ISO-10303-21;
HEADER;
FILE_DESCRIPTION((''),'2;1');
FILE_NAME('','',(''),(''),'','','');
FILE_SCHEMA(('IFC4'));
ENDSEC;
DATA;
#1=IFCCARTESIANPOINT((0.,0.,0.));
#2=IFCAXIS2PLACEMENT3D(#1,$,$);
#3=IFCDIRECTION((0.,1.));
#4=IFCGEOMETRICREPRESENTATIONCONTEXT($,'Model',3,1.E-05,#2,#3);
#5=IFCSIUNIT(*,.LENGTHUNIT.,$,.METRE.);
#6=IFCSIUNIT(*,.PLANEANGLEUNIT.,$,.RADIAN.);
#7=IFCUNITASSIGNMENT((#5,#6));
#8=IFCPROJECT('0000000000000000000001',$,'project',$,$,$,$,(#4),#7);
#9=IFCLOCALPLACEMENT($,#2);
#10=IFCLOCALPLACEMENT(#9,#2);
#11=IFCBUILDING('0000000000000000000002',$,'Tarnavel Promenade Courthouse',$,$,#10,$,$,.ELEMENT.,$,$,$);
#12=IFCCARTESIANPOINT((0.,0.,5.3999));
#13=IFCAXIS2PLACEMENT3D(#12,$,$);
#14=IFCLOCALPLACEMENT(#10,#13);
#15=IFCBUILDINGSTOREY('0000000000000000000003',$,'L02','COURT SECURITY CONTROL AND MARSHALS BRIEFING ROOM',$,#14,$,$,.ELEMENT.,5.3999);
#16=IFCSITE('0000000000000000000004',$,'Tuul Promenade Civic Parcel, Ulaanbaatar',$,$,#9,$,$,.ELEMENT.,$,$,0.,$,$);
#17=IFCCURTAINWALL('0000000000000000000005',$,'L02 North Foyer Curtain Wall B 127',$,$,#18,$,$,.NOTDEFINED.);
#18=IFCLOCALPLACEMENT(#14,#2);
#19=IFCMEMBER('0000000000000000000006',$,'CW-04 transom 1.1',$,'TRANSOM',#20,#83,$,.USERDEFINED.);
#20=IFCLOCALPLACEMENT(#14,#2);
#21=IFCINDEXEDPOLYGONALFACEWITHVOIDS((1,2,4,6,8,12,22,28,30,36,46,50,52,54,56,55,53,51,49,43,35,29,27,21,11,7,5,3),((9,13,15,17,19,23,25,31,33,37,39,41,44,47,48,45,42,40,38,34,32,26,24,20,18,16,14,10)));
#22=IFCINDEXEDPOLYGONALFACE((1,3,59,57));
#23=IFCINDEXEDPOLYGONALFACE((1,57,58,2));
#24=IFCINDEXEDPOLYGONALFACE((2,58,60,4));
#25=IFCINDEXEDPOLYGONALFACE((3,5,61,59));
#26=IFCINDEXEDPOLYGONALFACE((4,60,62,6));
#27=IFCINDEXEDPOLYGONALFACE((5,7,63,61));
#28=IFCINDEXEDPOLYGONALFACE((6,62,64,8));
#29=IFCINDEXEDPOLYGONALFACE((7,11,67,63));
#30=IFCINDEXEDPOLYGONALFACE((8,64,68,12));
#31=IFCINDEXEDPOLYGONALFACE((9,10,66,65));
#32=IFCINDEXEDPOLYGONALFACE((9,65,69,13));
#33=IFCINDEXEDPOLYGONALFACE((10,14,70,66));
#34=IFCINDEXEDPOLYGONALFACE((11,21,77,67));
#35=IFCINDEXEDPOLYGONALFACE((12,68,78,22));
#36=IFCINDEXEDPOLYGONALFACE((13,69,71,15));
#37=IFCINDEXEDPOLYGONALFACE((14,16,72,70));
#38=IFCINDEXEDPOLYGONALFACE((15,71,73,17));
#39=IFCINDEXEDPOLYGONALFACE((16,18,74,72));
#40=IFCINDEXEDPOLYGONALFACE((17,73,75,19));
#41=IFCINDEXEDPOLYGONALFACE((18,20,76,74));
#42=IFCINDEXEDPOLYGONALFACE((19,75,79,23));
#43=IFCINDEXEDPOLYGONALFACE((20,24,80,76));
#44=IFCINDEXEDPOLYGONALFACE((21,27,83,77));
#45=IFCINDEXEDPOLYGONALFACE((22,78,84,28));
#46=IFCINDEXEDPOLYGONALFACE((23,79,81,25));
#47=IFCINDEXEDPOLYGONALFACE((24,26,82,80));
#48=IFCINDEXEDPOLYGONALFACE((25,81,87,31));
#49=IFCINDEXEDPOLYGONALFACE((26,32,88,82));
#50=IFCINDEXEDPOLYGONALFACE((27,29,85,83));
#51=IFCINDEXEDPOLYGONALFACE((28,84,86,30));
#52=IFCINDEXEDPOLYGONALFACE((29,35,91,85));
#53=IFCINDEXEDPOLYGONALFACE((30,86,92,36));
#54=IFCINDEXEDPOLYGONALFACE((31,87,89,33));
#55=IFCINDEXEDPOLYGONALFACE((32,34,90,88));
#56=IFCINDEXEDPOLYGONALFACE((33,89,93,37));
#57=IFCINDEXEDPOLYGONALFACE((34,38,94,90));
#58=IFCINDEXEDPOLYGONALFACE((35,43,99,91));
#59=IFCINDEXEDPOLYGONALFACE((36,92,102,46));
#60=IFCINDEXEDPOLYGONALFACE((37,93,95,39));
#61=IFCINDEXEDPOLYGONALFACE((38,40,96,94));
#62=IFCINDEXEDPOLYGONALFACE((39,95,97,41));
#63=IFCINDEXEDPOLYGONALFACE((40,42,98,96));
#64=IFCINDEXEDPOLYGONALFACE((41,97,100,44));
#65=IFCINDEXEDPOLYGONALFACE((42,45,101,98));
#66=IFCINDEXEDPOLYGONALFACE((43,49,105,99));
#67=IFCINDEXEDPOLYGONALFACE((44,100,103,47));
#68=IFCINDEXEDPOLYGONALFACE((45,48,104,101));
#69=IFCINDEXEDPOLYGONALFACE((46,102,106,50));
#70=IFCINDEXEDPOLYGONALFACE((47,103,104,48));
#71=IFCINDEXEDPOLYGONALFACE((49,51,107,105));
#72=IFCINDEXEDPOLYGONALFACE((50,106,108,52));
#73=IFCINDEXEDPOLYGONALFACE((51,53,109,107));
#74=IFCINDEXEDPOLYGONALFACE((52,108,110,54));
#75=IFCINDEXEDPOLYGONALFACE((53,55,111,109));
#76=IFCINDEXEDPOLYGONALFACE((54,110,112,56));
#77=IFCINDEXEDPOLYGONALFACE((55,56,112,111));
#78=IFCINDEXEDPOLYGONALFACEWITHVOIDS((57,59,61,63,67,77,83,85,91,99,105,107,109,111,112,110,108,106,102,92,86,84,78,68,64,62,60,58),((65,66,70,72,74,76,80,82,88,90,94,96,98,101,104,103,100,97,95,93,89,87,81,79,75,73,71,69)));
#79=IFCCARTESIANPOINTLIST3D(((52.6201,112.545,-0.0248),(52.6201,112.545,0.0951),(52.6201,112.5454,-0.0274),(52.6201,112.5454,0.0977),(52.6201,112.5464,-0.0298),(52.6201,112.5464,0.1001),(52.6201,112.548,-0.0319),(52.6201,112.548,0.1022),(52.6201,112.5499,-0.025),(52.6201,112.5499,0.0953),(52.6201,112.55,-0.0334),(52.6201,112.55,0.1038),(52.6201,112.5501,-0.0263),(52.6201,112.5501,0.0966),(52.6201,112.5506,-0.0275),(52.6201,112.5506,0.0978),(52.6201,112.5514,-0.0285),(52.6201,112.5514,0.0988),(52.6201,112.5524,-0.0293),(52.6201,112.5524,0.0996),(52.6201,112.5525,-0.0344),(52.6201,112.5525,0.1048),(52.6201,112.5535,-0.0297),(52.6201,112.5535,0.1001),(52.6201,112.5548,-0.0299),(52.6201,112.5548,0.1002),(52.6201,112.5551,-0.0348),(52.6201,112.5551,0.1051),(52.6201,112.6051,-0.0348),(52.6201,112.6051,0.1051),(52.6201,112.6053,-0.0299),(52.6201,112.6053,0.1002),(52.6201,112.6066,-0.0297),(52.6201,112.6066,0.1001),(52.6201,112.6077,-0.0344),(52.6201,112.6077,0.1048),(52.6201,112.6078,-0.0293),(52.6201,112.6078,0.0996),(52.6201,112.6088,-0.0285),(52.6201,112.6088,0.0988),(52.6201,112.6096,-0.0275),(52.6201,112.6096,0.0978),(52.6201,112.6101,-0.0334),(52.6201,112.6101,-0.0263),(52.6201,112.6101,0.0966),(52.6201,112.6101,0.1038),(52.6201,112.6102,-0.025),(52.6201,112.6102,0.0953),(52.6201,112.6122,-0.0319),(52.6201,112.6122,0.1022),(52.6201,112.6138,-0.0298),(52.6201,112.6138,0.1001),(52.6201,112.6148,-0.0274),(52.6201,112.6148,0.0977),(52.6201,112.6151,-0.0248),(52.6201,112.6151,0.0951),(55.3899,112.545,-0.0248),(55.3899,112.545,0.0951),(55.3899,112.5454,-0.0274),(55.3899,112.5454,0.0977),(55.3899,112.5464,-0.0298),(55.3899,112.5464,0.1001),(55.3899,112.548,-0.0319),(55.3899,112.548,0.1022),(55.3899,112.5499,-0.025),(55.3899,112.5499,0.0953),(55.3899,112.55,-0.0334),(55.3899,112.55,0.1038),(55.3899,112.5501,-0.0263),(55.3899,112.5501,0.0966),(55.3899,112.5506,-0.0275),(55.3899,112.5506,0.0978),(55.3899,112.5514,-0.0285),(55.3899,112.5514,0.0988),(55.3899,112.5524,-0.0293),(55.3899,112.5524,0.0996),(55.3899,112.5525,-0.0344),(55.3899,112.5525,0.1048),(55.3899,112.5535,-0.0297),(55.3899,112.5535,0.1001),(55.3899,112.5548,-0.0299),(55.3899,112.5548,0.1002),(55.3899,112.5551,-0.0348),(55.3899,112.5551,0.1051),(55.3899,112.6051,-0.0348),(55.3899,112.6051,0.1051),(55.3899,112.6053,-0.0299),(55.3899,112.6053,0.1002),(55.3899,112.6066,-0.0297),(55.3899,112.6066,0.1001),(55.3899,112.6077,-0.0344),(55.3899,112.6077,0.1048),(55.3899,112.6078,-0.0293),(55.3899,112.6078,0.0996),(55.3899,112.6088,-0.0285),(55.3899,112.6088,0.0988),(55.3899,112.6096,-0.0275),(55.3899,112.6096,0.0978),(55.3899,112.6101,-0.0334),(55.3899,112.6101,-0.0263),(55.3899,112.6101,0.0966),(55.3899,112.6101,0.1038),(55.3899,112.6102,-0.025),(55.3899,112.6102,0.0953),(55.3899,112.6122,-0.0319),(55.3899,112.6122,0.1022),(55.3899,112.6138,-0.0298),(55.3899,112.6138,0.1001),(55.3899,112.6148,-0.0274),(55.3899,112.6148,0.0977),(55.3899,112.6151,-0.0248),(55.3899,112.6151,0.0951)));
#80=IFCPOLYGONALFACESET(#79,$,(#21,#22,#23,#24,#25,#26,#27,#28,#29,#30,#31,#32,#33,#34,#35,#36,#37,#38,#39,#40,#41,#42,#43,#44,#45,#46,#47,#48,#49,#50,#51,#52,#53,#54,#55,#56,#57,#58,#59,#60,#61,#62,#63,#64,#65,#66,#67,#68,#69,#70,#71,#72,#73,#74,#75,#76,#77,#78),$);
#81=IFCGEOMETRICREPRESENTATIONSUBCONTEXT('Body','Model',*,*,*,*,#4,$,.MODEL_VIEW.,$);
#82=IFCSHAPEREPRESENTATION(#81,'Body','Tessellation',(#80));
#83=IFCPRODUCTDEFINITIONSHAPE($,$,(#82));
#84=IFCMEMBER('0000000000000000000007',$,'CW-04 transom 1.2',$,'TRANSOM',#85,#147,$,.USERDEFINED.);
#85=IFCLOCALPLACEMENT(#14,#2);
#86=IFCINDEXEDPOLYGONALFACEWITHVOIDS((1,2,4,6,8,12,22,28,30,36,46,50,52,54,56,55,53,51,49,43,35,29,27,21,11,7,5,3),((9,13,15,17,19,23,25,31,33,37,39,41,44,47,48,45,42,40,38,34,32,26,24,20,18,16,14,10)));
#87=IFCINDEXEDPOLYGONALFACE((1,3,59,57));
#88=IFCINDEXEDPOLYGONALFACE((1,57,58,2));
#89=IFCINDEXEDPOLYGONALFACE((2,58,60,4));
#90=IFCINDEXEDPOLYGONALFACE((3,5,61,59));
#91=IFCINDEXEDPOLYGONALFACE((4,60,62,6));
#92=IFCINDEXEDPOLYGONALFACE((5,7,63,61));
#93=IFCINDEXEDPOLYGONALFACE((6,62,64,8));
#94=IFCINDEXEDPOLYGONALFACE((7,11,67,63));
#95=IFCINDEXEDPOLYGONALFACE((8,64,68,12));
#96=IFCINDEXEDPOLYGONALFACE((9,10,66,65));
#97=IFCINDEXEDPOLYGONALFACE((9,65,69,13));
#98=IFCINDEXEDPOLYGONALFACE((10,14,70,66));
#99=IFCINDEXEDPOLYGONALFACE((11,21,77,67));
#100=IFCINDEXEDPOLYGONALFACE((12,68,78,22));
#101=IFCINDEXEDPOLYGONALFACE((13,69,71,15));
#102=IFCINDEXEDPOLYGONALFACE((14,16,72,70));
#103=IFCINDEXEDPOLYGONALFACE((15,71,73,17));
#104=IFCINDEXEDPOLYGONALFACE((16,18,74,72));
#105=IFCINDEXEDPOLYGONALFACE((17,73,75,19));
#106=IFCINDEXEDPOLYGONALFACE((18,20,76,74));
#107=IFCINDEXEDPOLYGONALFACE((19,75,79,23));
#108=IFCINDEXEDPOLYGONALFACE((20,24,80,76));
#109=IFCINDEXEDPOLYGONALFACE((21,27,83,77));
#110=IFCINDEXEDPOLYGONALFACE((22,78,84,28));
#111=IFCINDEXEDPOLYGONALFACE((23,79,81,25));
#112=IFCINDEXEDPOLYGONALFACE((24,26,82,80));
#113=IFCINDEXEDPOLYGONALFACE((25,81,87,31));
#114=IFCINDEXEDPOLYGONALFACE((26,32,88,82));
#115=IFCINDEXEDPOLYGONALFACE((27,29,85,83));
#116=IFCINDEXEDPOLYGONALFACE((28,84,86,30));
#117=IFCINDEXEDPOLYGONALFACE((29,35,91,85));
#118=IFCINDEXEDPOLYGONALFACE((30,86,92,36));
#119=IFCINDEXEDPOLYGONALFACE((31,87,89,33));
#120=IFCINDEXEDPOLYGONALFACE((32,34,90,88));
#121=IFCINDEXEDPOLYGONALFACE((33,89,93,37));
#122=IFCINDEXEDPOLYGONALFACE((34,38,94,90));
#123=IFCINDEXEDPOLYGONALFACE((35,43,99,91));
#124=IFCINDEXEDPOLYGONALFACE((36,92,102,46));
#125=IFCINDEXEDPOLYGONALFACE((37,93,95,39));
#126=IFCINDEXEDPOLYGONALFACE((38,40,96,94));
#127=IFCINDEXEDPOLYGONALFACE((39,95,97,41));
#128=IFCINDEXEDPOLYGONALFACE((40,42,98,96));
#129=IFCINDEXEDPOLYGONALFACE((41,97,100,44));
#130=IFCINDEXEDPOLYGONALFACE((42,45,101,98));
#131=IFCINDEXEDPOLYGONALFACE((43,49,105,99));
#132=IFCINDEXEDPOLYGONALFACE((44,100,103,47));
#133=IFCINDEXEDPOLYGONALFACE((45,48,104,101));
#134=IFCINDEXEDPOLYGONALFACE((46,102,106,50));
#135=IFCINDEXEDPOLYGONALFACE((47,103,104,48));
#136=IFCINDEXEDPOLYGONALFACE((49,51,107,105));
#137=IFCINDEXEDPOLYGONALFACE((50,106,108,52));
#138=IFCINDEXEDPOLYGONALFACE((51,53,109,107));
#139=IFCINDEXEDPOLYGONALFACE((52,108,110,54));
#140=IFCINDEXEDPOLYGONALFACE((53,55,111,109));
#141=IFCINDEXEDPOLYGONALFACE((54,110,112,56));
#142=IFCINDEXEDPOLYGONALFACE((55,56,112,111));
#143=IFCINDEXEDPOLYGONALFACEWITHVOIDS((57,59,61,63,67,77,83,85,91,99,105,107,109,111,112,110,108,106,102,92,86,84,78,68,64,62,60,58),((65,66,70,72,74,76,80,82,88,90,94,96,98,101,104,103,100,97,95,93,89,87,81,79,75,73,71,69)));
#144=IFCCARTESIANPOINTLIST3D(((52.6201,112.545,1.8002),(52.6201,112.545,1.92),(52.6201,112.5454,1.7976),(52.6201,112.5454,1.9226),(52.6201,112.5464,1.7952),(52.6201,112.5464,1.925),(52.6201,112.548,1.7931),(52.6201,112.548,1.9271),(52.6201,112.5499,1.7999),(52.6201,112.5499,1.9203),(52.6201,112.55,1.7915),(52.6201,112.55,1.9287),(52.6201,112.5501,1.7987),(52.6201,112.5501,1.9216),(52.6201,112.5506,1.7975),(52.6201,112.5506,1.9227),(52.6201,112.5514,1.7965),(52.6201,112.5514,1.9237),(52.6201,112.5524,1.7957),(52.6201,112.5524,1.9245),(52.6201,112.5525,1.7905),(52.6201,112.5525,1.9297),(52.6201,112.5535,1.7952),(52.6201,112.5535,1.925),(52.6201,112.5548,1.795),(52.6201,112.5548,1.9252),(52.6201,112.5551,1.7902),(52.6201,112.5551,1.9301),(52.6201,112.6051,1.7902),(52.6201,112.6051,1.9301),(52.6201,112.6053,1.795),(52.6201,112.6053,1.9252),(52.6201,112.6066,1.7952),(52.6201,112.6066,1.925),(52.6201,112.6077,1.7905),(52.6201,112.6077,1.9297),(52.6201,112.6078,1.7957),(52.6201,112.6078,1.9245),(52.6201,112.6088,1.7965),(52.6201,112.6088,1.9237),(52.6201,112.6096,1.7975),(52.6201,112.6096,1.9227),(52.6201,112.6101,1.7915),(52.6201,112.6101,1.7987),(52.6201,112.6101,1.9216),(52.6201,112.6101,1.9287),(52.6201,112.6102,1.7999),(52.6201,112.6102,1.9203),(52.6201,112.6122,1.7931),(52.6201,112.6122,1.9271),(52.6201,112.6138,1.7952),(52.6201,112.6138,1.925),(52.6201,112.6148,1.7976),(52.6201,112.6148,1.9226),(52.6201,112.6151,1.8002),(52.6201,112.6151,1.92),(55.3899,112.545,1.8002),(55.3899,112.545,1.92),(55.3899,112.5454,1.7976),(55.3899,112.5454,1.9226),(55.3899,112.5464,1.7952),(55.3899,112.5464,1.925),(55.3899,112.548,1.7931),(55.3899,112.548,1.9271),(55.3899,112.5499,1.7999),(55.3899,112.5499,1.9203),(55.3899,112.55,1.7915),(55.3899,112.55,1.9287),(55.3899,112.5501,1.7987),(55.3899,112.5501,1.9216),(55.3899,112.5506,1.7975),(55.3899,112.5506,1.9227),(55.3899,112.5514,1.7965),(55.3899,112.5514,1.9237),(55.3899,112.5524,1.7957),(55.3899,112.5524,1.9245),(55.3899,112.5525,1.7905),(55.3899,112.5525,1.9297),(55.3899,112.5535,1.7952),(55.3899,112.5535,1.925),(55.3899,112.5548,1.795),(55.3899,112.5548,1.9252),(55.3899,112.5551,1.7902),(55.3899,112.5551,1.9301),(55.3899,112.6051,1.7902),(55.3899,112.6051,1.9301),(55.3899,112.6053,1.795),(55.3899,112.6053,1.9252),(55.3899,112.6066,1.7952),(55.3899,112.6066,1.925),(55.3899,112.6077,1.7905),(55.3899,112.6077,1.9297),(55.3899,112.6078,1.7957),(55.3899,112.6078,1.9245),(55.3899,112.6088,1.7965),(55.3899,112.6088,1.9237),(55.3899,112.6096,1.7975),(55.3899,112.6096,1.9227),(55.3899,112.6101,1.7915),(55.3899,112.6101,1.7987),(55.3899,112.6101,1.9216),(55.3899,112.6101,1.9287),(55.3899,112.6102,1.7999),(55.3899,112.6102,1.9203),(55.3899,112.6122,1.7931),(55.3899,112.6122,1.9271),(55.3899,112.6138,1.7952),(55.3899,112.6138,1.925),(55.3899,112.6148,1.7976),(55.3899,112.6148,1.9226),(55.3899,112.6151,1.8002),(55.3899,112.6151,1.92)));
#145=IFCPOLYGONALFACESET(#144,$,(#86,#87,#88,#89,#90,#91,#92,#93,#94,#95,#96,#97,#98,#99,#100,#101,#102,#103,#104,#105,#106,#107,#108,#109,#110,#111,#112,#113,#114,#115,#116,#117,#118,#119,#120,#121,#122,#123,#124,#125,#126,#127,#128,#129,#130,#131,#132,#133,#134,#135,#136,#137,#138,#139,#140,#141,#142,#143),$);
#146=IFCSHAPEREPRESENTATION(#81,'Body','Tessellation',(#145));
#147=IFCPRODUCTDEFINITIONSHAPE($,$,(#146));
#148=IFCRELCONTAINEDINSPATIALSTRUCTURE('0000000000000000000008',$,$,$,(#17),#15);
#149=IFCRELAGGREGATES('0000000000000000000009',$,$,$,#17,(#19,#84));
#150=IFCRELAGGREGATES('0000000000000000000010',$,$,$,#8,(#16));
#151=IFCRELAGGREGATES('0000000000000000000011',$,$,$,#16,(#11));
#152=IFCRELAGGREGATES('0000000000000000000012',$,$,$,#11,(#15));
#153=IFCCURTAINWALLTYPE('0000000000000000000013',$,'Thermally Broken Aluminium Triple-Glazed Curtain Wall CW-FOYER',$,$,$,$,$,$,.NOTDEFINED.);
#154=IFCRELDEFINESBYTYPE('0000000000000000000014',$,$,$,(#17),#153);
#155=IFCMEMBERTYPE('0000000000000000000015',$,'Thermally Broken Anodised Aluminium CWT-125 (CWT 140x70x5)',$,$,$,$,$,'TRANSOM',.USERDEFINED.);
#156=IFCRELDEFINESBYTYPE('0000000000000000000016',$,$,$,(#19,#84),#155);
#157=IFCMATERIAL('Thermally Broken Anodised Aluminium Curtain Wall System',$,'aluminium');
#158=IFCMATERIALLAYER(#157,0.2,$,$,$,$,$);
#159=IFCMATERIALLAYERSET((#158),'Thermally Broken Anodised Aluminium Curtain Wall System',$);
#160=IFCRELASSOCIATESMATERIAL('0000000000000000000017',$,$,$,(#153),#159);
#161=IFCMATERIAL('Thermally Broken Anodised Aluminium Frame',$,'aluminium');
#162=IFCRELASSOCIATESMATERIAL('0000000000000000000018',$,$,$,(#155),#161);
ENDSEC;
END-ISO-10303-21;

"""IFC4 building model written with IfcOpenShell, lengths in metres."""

from ifc_helpers import new_model, si_unit, direction, frame, origin, origin_2d, place, context, subcontext, project, spatial, hollow_rectangle, extrude, material, layer, layer_set, material_profile, profile_set, type_object, element, aggregate, save


model = new_model("IFC4")

# Units and contexts
model_context = context("Model", 3, precision=1e-05, world=origin(), true_north=direction((0.0, 1.0)))
body_context = subcontext(model_context, "Body", "Model", "MODEL_VIEW")
ifc_project = project(units=[si_unit("LENGTHUNIT", "METRE"), si_unit("PLANEANGLEUNIT", "RADIAN")], contexts=[model_context])

# Site, building, storey
site_placement = place(None, origin())
site = spatial("IfcSite", under=ifc_project, at=site_placement, Name="Tuul Promenade Civic Parcel, Ulaanbaatar", CompositionType="ELEMENT", RefElevation=0.0)
building_placement = place(site_placement, origin())
building = spatial("IfcBuilding", under=site, at=building_placement, Name="Tarnavel Promenade Courthouse", CompositionType="ELEMENT")
storey_placement = place(building_placement, frame((0.0, 0.0, 5.3999)))
storey = spatial("IfcBuildingStorey", under=building, at=storey_placement, Name="L02", Description="COURT SECURITY CONTROL AND MARSHALS BRIEFING ROOM", CompositionType="ELEMENT", Elevation=5.3999)

# Curtain wall
ifc_material_1 = material(Name="Thermally Broken Anodised Aluminium Curtain Wall System", Category="aluminium")
ifc_layer_1 = layer(ifc_material_1, 0.2)
ifc_layer_set_1 = layer_set([ifc_layer_1], Name="Thermally Broken Anodised Aluminium Curtain Wall System")
curtain_wall_type = type_object("IfcCurtainWallType", Name="Thermally Broken Aluminium Triple-Glazed Curtain Wall CW-FOYER", PredefinedType="NOTDEFINED", material=ifc_layer_set_1)
ifc_material_2 = material(Name="Thermally Broken Anodised Aluminium Frame", Category="aluminium")
curtain_wall_1_placement = place(storey_placement, origin())
curtain_wall_1 = element("IfcCurtainWall", 1, at=curtain_wall_1_placement, inside=storey, type_object=curtain_wall_type, Name="L02 North Foyer Curtain Wall B 127", PredefinedType="NOTDEFINED")

# Members
ifc_material_profile_1 = material_profile(ifc_material_2, hollow_rectangle(XDim=0.0701, YDim=0.1399, WallThickness=0.0049, InnerFilletRadius=0.0049, OuterFilletRadius=0.01, at=origin_2d()), Name="CWT 140x70x5")
ifc_profile_set_1 = profile_set([ifc_material_profile_1], Name="Thermally Broken Anodised Aluminium Frame")
member_type_1 = type_object("IfcMemberType", Name="Thermally Broken Anodised Aluminium CWT-125 (CWT 140x70x5)", ElementType="TRANSOM", PredefinedType="USERDEFINED", material=ifc_profile_set_1)
member_1_placement = place(storey_placement, frame((52.6201, 112.5801, 0.0352), z_axis=(1.0, 0.0, 0.0), x_axis=(0.0, 1.0, 0.0)))
member_1 = element("IfcMember", 2, at=member_1_placement, type_object=member_type_1, Name="CW-04 transom 1.1", ObjectType="TRANSOM", PredefinedType="USERDEFINED", context=body_context, shape_type="SweptSolid", body=[
    extrude(hollow_rectangle(XDim=0.0701, YDim=0.1399, WallThickness=0.0049, InnerFilletRadius=0.0049, OuterFilletRadius=0.01, at=origin_2d()), origin(), (0.0, 0.0, 1.0), 2.7698),
])
member_2_placement = place(storey_placement, frame((52.6201, 112.5801, 1.8601), z_axis=(1.0, 0.0, 0.0), x_axis=(0.0, 1.0, 0.0)))
member_2 = element("IfcMember", 3, at=member_2_placement, type_object=member_type_1, Name="CW-04 transom 1.2", ObjectType="TRANSOM", PredefinedType="USERDEFINED", context=body_context, shape_type="SweptSolid", body=[
    extrude(hollow_rectangle(XDim=0.0701, YDim=0.1399, WallThickness=0.0049, InnerFilletRadius=0.0049, OuterFilletRadius=0.01, at=origin_2d()), origin(), (0.0, 0.0, 1.0), 2.7698),
])

aggregate(curtain_wall_1, [member_1, member_2])

save(model, "model.ifc")
